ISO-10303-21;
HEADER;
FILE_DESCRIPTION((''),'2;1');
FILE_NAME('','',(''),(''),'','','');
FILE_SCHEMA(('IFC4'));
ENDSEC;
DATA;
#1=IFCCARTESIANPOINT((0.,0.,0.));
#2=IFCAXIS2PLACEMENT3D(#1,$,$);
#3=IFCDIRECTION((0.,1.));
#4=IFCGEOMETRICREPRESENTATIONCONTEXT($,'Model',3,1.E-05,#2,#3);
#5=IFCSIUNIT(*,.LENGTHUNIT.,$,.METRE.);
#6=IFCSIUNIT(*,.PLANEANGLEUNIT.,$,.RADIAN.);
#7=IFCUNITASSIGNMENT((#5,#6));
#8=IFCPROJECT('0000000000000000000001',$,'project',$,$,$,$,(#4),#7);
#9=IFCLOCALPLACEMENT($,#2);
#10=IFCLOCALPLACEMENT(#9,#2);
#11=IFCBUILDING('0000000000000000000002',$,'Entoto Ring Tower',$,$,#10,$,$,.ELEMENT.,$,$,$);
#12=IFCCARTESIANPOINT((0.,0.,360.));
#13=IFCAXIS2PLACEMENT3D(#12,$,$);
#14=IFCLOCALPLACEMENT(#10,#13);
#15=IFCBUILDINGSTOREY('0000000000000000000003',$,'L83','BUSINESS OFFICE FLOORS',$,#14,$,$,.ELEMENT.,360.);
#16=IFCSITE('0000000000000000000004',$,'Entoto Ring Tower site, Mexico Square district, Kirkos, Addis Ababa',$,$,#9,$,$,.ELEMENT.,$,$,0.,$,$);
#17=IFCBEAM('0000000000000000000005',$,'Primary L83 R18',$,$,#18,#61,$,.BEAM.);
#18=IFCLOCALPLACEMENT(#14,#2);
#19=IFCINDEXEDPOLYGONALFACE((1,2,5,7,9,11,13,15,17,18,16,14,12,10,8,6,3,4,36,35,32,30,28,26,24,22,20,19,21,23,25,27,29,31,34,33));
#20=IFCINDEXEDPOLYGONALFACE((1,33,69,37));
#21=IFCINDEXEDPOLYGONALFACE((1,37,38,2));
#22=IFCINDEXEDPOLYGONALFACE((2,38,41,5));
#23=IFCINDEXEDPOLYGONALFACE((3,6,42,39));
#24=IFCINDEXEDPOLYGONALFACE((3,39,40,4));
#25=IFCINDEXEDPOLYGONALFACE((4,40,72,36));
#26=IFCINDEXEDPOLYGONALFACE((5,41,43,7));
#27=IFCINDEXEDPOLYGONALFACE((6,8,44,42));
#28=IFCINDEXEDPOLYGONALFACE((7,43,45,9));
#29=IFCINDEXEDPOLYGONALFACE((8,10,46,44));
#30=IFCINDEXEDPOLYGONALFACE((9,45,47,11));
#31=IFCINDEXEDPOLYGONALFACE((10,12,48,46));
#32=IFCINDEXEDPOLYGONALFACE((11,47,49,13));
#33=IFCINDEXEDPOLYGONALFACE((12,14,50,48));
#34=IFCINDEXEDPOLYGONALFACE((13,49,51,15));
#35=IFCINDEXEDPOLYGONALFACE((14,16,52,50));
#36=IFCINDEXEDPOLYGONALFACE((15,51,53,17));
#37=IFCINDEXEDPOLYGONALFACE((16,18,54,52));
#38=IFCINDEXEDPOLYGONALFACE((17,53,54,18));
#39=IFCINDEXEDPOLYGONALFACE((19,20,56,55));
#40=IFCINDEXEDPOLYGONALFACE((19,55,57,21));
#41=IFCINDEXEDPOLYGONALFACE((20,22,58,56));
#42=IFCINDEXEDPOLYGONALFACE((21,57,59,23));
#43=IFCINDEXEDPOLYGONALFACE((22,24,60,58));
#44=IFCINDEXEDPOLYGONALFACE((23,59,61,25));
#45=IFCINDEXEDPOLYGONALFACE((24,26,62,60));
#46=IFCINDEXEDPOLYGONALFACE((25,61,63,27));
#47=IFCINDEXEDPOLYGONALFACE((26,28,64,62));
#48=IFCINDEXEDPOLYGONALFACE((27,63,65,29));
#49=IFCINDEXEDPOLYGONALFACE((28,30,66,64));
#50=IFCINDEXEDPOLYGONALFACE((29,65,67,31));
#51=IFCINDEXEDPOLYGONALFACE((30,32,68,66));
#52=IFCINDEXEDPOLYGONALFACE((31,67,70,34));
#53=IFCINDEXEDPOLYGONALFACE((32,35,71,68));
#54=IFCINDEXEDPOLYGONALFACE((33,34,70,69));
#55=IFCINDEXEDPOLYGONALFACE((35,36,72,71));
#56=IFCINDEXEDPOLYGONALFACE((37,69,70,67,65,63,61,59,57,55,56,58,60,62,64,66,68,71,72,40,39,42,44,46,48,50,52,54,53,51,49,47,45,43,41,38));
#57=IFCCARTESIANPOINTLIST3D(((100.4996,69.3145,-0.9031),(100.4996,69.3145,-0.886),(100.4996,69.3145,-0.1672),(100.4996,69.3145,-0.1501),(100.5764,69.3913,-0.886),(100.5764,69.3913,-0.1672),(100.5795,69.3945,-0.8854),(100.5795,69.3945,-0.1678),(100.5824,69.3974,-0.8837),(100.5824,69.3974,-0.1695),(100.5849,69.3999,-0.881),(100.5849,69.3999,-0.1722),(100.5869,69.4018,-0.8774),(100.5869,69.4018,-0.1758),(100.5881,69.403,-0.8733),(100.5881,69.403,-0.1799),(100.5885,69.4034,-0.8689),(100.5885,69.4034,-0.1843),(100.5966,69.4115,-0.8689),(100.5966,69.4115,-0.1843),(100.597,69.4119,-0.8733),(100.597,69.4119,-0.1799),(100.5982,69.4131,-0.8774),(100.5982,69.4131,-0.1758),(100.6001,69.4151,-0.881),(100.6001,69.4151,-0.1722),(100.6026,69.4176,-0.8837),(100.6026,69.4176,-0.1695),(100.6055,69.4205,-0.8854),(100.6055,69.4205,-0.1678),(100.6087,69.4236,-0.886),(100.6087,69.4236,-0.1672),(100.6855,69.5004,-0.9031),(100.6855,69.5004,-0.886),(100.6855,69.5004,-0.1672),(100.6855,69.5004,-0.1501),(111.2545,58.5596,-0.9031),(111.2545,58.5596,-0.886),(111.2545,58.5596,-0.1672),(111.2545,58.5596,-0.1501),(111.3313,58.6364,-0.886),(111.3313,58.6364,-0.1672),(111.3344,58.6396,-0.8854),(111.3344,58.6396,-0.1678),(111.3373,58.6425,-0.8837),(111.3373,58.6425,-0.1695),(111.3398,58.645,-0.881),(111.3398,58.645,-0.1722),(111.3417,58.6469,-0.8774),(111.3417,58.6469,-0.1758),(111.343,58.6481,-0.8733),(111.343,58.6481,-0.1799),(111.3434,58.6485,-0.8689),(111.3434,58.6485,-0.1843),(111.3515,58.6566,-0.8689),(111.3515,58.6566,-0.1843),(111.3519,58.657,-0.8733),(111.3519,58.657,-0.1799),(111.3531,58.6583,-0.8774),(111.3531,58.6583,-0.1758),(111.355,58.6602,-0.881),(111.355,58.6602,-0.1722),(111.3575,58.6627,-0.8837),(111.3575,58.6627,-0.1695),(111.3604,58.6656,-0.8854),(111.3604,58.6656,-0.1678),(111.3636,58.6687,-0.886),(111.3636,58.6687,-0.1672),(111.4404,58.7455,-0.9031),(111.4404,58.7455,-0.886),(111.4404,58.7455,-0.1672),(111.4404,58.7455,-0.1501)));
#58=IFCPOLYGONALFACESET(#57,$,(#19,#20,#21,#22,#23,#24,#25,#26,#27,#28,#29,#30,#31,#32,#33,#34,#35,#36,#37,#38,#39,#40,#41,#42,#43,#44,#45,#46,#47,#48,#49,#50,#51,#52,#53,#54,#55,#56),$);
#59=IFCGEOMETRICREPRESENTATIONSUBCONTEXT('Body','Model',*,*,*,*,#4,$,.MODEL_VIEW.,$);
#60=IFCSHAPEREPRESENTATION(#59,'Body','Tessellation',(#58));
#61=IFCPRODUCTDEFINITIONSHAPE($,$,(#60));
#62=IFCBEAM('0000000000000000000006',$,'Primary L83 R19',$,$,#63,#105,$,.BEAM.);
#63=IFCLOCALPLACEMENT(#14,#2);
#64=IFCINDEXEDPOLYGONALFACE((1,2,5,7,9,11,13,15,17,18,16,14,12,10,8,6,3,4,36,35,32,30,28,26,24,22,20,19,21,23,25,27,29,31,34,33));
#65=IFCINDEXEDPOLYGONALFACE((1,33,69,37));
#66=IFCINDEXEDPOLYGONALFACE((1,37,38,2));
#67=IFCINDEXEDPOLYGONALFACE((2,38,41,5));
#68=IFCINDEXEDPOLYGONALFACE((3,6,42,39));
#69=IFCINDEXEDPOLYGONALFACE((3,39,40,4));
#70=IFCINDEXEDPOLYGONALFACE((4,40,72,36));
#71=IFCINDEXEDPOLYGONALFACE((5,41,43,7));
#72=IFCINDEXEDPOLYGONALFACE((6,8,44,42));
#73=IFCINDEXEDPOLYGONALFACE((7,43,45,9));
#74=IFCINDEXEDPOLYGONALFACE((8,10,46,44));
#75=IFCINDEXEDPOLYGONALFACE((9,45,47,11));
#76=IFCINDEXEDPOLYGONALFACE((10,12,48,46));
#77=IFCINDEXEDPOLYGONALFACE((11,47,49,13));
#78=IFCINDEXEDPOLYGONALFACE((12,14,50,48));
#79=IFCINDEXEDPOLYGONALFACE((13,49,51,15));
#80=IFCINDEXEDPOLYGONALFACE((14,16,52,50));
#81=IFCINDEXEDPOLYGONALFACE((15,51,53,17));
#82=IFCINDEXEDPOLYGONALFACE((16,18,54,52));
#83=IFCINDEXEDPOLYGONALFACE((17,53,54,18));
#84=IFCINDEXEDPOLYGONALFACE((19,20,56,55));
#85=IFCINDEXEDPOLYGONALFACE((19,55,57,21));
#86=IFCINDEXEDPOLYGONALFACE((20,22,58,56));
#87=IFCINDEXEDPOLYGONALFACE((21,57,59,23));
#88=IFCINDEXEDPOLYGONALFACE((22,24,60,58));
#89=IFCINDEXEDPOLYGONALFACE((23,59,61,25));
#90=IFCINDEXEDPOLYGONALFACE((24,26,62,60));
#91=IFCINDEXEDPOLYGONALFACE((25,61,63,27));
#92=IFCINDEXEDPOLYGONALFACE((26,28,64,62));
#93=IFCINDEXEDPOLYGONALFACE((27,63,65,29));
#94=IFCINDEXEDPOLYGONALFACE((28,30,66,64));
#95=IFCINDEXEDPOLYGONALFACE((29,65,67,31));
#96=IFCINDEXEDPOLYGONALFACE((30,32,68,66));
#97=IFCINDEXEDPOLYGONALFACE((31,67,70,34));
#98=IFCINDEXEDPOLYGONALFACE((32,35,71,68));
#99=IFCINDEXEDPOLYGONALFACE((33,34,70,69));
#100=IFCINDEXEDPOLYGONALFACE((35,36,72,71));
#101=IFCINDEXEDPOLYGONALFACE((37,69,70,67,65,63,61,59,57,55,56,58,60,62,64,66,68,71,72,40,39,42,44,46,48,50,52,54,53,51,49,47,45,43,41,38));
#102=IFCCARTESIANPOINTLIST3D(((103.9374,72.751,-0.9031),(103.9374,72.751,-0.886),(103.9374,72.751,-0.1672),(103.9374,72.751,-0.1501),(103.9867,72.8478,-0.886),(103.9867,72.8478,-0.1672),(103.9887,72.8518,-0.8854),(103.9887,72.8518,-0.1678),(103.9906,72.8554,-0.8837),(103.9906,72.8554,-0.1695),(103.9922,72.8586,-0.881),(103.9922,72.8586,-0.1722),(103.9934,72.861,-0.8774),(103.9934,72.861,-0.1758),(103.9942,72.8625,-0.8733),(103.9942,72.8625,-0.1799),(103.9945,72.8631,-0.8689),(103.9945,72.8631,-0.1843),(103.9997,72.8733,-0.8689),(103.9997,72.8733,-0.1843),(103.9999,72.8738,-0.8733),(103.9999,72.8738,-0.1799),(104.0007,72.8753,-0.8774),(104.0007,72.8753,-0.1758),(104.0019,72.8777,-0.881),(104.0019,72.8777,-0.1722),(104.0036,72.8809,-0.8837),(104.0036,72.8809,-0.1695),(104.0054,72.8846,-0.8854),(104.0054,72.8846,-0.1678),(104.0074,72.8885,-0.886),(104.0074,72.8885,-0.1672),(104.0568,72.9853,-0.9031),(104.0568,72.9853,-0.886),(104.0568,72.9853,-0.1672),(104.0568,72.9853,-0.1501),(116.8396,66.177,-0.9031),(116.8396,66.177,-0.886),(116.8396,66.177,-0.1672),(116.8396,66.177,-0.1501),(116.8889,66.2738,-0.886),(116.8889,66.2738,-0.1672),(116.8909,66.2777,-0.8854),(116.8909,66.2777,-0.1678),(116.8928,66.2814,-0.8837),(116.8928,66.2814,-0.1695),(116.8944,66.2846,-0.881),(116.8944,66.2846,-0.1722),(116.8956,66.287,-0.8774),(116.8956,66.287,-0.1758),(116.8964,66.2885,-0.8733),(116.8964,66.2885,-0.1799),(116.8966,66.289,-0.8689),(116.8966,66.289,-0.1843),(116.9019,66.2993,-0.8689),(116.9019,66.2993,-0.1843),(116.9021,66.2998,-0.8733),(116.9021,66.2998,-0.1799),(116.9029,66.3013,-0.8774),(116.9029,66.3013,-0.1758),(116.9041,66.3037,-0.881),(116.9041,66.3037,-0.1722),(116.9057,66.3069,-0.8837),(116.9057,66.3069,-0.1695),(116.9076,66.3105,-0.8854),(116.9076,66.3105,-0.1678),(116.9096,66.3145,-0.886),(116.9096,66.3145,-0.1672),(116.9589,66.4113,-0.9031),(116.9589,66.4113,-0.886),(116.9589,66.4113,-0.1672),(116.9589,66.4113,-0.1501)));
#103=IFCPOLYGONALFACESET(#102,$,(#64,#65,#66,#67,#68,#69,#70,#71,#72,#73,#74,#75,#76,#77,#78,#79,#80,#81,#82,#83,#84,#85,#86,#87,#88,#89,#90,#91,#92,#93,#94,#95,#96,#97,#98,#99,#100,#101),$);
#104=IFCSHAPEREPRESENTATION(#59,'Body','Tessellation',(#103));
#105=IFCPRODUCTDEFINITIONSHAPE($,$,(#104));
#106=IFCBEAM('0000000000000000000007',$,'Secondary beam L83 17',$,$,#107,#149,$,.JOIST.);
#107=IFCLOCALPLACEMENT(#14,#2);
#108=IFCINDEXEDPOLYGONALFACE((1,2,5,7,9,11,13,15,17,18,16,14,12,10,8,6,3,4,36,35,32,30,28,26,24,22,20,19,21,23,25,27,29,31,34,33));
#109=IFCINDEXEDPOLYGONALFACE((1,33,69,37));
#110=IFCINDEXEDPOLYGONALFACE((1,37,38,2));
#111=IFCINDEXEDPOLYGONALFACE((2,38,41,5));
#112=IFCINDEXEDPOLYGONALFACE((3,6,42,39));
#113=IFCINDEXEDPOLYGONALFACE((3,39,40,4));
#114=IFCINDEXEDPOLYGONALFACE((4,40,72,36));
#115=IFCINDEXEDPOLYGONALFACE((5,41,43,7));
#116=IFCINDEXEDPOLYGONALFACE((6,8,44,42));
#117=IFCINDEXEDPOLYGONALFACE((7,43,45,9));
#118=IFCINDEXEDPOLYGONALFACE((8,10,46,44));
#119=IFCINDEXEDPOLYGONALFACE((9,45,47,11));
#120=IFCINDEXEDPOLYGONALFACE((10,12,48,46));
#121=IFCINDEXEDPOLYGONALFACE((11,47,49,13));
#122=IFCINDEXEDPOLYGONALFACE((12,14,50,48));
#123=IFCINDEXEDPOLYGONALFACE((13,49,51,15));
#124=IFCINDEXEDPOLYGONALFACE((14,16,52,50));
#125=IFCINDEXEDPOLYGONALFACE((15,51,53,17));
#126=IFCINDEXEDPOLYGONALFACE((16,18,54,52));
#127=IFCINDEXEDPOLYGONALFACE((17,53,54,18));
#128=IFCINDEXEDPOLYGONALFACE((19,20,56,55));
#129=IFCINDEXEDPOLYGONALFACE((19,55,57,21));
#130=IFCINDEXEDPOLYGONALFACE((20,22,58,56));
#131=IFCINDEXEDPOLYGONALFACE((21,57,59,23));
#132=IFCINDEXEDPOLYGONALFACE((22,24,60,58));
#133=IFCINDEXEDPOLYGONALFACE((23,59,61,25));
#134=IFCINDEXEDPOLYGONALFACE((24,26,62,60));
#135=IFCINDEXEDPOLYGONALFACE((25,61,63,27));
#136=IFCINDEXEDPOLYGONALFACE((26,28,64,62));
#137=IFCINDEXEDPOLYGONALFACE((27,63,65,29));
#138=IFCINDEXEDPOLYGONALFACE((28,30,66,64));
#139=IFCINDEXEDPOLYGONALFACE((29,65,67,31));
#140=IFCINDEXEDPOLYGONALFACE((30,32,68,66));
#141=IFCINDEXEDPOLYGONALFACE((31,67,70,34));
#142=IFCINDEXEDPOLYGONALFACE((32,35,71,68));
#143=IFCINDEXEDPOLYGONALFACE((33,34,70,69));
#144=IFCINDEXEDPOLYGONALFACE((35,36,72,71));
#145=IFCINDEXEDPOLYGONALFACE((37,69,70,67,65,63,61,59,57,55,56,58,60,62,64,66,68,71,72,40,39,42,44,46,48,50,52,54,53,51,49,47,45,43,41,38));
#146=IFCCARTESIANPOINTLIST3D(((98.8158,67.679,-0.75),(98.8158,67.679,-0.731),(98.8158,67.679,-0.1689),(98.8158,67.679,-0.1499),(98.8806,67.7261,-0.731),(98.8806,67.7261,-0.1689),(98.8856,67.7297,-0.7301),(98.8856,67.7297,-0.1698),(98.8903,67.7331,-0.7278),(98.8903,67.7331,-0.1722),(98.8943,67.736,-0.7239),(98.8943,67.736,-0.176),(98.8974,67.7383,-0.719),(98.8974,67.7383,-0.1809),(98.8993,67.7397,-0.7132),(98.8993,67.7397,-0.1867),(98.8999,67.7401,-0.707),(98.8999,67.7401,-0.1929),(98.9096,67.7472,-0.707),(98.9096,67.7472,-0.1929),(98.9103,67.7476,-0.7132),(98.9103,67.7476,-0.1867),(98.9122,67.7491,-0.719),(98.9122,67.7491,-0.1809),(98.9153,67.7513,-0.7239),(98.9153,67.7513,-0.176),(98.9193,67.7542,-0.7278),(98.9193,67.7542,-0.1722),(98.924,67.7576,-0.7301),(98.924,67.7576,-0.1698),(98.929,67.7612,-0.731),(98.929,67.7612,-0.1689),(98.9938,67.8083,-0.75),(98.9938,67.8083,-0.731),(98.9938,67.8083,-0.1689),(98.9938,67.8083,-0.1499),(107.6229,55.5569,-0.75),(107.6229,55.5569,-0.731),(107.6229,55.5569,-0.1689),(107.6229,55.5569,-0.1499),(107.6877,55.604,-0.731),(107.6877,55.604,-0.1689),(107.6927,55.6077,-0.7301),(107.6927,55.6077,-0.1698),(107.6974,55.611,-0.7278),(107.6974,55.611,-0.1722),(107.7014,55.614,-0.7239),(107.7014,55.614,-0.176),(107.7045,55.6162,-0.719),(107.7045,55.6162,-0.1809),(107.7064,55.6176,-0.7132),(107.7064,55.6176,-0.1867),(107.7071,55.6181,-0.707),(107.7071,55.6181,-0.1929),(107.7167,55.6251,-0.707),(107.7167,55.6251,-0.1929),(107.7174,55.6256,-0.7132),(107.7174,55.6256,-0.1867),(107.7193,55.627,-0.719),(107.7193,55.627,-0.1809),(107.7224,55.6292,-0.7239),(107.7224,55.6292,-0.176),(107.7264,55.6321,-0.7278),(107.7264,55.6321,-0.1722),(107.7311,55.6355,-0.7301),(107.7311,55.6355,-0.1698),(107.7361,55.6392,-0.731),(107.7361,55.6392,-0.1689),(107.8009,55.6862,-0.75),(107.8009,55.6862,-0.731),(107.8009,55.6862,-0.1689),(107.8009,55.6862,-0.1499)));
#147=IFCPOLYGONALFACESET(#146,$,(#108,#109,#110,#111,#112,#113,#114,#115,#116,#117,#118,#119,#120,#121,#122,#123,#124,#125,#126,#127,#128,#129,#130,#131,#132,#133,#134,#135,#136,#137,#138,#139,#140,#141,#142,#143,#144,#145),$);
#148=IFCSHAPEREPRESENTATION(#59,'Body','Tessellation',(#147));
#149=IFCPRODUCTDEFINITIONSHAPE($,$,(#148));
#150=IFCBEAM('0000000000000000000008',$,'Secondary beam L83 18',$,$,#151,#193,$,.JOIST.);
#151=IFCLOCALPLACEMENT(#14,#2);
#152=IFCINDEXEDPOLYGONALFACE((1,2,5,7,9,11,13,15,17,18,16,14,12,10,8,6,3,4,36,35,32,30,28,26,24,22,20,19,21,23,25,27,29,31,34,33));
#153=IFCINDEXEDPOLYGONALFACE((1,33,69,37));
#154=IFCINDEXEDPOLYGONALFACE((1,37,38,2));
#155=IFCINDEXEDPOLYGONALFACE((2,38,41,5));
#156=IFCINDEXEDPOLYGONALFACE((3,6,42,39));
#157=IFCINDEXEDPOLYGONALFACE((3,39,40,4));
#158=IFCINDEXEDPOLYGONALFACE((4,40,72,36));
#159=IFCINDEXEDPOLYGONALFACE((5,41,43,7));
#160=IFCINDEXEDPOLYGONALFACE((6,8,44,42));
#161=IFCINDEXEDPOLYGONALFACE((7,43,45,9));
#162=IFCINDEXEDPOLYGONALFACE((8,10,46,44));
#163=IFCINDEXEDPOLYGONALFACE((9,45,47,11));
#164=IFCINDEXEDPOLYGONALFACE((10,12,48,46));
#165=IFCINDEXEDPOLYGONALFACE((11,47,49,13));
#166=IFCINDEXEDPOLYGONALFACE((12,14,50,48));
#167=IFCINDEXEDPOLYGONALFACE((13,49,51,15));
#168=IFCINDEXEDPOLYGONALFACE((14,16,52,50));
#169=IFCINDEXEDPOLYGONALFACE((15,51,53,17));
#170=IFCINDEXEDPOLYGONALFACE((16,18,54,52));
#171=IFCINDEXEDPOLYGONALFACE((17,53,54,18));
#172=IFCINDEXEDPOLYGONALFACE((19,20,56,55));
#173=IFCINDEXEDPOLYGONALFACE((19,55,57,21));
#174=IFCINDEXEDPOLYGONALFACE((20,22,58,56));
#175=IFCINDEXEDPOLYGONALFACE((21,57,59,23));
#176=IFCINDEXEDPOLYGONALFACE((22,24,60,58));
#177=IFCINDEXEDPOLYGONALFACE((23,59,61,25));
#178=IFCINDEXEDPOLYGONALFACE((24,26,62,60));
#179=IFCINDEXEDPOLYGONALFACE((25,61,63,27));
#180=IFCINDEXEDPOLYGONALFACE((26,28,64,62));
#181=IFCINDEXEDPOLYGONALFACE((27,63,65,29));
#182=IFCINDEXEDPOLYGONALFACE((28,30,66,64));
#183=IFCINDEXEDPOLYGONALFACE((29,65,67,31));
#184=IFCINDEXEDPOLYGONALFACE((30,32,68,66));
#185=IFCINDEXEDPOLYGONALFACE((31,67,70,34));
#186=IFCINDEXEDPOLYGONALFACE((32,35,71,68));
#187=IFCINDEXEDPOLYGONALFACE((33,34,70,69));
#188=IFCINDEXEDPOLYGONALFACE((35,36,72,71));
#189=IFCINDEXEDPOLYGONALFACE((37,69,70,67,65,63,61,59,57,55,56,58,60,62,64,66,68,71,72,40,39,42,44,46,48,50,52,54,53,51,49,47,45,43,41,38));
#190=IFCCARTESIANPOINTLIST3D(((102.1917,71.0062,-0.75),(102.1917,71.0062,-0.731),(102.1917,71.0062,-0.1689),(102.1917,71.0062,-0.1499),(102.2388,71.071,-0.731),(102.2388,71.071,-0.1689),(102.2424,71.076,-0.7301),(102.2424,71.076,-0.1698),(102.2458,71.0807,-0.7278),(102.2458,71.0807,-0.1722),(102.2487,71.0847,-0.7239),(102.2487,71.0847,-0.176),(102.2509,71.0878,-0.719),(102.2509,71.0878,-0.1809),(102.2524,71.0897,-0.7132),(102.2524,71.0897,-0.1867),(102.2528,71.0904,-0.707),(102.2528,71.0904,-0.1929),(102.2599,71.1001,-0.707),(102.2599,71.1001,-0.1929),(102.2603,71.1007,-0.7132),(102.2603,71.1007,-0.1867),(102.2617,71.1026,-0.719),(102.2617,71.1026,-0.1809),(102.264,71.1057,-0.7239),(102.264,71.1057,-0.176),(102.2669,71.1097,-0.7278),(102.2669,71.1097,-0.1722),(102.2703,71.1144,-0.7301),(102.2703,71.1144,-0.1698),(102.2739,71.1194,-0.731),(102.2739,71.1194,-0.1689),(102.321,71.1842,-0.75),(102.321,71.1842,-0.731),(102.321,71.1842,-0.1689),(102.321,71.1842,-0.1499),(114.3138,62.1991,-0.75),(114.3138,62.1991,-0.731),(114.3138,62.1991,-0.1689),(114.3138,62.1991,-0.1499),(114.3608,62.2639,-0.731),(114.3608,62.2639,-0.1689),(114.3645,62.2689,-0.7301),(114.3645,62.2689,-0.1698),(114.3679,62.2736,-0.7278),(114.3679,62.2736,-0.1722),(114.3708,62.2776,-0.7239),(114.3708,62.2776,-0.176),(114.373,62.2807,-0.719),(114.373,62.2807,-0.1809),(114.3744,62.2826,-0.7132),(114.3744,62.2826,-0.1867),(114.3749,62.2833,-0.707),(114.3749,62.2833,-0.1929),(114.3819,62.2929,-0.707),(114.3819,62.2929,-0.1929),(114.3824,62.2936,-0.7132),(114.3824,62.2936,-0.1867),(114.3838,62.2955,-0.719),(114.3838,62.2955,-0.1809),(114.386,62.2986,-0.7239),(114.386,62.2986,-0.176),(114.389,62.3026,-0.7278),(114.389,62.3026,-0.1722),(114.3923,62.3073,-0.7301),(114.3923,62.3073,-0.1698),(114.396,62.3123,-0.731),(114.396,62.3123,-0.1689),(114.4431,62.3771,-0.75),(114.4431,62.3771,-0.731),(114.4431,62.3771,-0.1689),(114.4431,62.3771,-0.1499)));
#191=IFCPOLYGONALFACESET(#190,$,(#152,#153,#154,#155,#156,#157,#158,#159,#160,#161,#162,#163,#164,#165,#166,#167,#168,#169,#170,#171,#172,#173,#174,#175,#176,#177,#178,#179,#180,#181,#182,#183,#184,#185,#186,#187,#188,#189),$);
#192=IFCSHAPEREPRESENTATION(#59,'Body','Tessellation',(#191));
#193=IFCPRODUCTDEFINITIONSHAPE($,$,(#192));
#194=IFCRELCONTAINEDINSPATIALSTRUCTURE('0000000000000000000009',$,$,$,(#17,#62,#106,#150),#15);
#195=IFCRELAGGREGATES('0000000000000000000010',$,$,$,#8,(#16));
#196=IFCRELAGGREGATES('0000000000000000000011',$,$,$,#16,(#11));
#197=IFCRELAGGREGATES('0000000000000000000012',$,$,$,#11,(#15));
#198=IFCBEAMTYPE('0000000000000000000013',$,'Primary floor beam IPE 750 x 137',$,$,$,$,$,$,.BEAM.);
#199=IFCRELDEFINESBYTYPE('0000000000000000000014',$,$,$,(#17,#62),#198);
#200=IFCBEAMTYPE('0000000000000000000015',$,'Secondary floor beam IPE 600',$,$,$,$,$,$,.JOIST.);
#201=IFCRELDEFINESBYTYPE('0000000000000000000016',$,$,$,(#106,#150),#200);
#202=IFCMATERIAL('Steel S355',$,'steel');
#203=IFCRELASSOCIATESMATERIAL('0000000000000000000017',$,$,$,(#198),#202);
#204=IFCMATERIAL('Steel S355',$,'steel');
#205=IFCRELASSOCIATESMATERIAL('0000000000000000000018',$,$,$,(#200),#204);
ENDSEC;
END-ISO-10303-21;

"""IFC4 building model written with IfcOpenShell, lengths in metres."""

from ifc_helpers import new_model, si_unit, direction, frame, origin, origin_2d, place, context, subcontext, project, spatial, i_section, extrude, material, material_profile, profile_set, type_object, element, save


model = new_model("IFC4")

# Units and contexts
model_context = context("Model", 3, precision=1e-05, world=origin(), true_north=direction((0.0, 1.0)))
body_context = subcontext(model_context, "Body", "Model", "MODEL_VIEW")
ifc_project = project(units=[si_unit("LENGTHUNIT", "METRE"), si_unit("PLANEANGLEUNIT", "RADIAN")], contexts=[model_context])

# Site, building, storey
site_placement = place(None, origin())
site = spatial("IfcSite", under=ifc_project, at=site_placement, Name="Entoto Ring Tower site, Mexico Square district, Kirkos, Addis Ababa", CompositionType="ELEMENT", RefElevation=0.0)
building_placement = place(site_placement, origin())
building = spatial("IfcBuilding", under=site, at=building_placement, Name="Entoto Ring Tower", CompositionType="ELEMENT")
storey_placement = place(building_placement, frame((0.0, 0.0, 360.0)))
storey = spatial("IfcBuildingStorey", under=building, at=storey_placement, Name="L83", Description="BUSINESS OFFICE FLOORS", CompositionType="ELEMENT", Elevation=360.0)

# Beams
ifc_material_1 = material(Name="Steel S355", Category="steel")
ifc_material_profile_1 = material_profile(ifc_material_1, i_section(OverallWidth=0.2629, OverallDepth=0.7529, WebThickness=0.0115, FlangeThickness=0.0171, FilletRadius=0.0171, at=origin_2d()), Name="IPE 750 x 137")
ifc_profile_set_1 = profile_set([ifc_material_profile_1], Name="Steel S355")
beam_type_1 = type_object("IfcBeamType", Name="Primary floor beam IPE 750 x 137", PredefinedType="BEAM", material=ifc_profile_set_1)
beam_1_placement = place(storey_placement, frame((100.5925, 69.4075, -0.5266), z_axis=(0.707107, -0.707107, 0.0), x_axis=(0.707107, 0.707107, 0.0)))
element("IfcBeam", 1, at=beam_1_placement, inside=storey, type_object=beam_type_1, Name="Primary L83 R18", PredefinedType="BEAM", context=body_context, shape_type="SweptSolid", body=[
    extrude(i_section(OverallWidth=0.2629, OverallDepth=0.7529, WebThickness=0.0115, FlangeThickness=0.0171, FilletRadius=0.0171, at=origin_2d()), origin(), (0.0, 0.0, 1.0), 15.2097),
])
beam_2_placement = place(storey_placement, frame((103.9971, 72.8682, -0.5266), z_axis=(0.891006, -0.453992, 0.0), x_axis=(0.453992, 0.891006, 0.0)))
element("IfcBeam", 2, at=beam_2_placement, inside=storey, type_object=beam_type_1, Name="Primary L83 R19", PredefinedType="BEAM", context=body_context, shape_type="SweptSolid", body=[
    extrude(i_section(OverallWidth=0.2629, OverallDepth=0.7529, WebThickness=0.0115, FlangeThickness=0.0171, FilletRadius=0.0171, at=origin_2d()), origin(), (0.0, 0.0, 1.0), 14.4805),
])
ifc_material_2 = material(Name="Steel S355", Category="steel")
ifc_material_profile_2 = material_profile(ifc_material_2, i_section(OverallWidth=0.22, OverallDepth=0.6001, WebThickness=0.012, FlangeThickness=0.019, FilletRadius=0.0239, at=origin_2d()), Name="IPE 600")
ifc_profile_set_2 = profile_set([ifc_material_profile_2], Name="Steel S355")
beam_type_2 = type_object("IfcBeamType", Name="Secondary floor beam IPE 600", PredefinedType="JOIST", material=ifc_profile_set_2)
for number, where, z_axis, x_axis, name in (
    (3, (98.9048, 67.7437, -0.45), (0.587782, -0.809019, 0.0), (0.809019, 0.587782, 0.0), "Secondary beam L83 17"),
    (4, (102.2563, 71.0952, -0.45), (0.809019, -0.587782, 0.0), (0.587782, 0.809019, 0.0), "Secondary beam L83 18"),
):
    element("IfcBeam", number, at=place(storey_placement, frame(where, z_axis=z_axis, x_axis=x_axis)), inside=storey, type_object=beam_type_2, Name=name, PredefinedType="JOIST", context=body_context, shape_type="SweptSolid", body=[
        extrude(i_section(OverallWidth=0.22, OverallDepth=0.6001, WebThickness=0.012, FlangeThickness=0.019, FilletRadius=0.0239, at=origin_2d()), origin(), (0.0, 0.0, 1.0), 14.9836),
    ])

save(model, "model.ifc")
